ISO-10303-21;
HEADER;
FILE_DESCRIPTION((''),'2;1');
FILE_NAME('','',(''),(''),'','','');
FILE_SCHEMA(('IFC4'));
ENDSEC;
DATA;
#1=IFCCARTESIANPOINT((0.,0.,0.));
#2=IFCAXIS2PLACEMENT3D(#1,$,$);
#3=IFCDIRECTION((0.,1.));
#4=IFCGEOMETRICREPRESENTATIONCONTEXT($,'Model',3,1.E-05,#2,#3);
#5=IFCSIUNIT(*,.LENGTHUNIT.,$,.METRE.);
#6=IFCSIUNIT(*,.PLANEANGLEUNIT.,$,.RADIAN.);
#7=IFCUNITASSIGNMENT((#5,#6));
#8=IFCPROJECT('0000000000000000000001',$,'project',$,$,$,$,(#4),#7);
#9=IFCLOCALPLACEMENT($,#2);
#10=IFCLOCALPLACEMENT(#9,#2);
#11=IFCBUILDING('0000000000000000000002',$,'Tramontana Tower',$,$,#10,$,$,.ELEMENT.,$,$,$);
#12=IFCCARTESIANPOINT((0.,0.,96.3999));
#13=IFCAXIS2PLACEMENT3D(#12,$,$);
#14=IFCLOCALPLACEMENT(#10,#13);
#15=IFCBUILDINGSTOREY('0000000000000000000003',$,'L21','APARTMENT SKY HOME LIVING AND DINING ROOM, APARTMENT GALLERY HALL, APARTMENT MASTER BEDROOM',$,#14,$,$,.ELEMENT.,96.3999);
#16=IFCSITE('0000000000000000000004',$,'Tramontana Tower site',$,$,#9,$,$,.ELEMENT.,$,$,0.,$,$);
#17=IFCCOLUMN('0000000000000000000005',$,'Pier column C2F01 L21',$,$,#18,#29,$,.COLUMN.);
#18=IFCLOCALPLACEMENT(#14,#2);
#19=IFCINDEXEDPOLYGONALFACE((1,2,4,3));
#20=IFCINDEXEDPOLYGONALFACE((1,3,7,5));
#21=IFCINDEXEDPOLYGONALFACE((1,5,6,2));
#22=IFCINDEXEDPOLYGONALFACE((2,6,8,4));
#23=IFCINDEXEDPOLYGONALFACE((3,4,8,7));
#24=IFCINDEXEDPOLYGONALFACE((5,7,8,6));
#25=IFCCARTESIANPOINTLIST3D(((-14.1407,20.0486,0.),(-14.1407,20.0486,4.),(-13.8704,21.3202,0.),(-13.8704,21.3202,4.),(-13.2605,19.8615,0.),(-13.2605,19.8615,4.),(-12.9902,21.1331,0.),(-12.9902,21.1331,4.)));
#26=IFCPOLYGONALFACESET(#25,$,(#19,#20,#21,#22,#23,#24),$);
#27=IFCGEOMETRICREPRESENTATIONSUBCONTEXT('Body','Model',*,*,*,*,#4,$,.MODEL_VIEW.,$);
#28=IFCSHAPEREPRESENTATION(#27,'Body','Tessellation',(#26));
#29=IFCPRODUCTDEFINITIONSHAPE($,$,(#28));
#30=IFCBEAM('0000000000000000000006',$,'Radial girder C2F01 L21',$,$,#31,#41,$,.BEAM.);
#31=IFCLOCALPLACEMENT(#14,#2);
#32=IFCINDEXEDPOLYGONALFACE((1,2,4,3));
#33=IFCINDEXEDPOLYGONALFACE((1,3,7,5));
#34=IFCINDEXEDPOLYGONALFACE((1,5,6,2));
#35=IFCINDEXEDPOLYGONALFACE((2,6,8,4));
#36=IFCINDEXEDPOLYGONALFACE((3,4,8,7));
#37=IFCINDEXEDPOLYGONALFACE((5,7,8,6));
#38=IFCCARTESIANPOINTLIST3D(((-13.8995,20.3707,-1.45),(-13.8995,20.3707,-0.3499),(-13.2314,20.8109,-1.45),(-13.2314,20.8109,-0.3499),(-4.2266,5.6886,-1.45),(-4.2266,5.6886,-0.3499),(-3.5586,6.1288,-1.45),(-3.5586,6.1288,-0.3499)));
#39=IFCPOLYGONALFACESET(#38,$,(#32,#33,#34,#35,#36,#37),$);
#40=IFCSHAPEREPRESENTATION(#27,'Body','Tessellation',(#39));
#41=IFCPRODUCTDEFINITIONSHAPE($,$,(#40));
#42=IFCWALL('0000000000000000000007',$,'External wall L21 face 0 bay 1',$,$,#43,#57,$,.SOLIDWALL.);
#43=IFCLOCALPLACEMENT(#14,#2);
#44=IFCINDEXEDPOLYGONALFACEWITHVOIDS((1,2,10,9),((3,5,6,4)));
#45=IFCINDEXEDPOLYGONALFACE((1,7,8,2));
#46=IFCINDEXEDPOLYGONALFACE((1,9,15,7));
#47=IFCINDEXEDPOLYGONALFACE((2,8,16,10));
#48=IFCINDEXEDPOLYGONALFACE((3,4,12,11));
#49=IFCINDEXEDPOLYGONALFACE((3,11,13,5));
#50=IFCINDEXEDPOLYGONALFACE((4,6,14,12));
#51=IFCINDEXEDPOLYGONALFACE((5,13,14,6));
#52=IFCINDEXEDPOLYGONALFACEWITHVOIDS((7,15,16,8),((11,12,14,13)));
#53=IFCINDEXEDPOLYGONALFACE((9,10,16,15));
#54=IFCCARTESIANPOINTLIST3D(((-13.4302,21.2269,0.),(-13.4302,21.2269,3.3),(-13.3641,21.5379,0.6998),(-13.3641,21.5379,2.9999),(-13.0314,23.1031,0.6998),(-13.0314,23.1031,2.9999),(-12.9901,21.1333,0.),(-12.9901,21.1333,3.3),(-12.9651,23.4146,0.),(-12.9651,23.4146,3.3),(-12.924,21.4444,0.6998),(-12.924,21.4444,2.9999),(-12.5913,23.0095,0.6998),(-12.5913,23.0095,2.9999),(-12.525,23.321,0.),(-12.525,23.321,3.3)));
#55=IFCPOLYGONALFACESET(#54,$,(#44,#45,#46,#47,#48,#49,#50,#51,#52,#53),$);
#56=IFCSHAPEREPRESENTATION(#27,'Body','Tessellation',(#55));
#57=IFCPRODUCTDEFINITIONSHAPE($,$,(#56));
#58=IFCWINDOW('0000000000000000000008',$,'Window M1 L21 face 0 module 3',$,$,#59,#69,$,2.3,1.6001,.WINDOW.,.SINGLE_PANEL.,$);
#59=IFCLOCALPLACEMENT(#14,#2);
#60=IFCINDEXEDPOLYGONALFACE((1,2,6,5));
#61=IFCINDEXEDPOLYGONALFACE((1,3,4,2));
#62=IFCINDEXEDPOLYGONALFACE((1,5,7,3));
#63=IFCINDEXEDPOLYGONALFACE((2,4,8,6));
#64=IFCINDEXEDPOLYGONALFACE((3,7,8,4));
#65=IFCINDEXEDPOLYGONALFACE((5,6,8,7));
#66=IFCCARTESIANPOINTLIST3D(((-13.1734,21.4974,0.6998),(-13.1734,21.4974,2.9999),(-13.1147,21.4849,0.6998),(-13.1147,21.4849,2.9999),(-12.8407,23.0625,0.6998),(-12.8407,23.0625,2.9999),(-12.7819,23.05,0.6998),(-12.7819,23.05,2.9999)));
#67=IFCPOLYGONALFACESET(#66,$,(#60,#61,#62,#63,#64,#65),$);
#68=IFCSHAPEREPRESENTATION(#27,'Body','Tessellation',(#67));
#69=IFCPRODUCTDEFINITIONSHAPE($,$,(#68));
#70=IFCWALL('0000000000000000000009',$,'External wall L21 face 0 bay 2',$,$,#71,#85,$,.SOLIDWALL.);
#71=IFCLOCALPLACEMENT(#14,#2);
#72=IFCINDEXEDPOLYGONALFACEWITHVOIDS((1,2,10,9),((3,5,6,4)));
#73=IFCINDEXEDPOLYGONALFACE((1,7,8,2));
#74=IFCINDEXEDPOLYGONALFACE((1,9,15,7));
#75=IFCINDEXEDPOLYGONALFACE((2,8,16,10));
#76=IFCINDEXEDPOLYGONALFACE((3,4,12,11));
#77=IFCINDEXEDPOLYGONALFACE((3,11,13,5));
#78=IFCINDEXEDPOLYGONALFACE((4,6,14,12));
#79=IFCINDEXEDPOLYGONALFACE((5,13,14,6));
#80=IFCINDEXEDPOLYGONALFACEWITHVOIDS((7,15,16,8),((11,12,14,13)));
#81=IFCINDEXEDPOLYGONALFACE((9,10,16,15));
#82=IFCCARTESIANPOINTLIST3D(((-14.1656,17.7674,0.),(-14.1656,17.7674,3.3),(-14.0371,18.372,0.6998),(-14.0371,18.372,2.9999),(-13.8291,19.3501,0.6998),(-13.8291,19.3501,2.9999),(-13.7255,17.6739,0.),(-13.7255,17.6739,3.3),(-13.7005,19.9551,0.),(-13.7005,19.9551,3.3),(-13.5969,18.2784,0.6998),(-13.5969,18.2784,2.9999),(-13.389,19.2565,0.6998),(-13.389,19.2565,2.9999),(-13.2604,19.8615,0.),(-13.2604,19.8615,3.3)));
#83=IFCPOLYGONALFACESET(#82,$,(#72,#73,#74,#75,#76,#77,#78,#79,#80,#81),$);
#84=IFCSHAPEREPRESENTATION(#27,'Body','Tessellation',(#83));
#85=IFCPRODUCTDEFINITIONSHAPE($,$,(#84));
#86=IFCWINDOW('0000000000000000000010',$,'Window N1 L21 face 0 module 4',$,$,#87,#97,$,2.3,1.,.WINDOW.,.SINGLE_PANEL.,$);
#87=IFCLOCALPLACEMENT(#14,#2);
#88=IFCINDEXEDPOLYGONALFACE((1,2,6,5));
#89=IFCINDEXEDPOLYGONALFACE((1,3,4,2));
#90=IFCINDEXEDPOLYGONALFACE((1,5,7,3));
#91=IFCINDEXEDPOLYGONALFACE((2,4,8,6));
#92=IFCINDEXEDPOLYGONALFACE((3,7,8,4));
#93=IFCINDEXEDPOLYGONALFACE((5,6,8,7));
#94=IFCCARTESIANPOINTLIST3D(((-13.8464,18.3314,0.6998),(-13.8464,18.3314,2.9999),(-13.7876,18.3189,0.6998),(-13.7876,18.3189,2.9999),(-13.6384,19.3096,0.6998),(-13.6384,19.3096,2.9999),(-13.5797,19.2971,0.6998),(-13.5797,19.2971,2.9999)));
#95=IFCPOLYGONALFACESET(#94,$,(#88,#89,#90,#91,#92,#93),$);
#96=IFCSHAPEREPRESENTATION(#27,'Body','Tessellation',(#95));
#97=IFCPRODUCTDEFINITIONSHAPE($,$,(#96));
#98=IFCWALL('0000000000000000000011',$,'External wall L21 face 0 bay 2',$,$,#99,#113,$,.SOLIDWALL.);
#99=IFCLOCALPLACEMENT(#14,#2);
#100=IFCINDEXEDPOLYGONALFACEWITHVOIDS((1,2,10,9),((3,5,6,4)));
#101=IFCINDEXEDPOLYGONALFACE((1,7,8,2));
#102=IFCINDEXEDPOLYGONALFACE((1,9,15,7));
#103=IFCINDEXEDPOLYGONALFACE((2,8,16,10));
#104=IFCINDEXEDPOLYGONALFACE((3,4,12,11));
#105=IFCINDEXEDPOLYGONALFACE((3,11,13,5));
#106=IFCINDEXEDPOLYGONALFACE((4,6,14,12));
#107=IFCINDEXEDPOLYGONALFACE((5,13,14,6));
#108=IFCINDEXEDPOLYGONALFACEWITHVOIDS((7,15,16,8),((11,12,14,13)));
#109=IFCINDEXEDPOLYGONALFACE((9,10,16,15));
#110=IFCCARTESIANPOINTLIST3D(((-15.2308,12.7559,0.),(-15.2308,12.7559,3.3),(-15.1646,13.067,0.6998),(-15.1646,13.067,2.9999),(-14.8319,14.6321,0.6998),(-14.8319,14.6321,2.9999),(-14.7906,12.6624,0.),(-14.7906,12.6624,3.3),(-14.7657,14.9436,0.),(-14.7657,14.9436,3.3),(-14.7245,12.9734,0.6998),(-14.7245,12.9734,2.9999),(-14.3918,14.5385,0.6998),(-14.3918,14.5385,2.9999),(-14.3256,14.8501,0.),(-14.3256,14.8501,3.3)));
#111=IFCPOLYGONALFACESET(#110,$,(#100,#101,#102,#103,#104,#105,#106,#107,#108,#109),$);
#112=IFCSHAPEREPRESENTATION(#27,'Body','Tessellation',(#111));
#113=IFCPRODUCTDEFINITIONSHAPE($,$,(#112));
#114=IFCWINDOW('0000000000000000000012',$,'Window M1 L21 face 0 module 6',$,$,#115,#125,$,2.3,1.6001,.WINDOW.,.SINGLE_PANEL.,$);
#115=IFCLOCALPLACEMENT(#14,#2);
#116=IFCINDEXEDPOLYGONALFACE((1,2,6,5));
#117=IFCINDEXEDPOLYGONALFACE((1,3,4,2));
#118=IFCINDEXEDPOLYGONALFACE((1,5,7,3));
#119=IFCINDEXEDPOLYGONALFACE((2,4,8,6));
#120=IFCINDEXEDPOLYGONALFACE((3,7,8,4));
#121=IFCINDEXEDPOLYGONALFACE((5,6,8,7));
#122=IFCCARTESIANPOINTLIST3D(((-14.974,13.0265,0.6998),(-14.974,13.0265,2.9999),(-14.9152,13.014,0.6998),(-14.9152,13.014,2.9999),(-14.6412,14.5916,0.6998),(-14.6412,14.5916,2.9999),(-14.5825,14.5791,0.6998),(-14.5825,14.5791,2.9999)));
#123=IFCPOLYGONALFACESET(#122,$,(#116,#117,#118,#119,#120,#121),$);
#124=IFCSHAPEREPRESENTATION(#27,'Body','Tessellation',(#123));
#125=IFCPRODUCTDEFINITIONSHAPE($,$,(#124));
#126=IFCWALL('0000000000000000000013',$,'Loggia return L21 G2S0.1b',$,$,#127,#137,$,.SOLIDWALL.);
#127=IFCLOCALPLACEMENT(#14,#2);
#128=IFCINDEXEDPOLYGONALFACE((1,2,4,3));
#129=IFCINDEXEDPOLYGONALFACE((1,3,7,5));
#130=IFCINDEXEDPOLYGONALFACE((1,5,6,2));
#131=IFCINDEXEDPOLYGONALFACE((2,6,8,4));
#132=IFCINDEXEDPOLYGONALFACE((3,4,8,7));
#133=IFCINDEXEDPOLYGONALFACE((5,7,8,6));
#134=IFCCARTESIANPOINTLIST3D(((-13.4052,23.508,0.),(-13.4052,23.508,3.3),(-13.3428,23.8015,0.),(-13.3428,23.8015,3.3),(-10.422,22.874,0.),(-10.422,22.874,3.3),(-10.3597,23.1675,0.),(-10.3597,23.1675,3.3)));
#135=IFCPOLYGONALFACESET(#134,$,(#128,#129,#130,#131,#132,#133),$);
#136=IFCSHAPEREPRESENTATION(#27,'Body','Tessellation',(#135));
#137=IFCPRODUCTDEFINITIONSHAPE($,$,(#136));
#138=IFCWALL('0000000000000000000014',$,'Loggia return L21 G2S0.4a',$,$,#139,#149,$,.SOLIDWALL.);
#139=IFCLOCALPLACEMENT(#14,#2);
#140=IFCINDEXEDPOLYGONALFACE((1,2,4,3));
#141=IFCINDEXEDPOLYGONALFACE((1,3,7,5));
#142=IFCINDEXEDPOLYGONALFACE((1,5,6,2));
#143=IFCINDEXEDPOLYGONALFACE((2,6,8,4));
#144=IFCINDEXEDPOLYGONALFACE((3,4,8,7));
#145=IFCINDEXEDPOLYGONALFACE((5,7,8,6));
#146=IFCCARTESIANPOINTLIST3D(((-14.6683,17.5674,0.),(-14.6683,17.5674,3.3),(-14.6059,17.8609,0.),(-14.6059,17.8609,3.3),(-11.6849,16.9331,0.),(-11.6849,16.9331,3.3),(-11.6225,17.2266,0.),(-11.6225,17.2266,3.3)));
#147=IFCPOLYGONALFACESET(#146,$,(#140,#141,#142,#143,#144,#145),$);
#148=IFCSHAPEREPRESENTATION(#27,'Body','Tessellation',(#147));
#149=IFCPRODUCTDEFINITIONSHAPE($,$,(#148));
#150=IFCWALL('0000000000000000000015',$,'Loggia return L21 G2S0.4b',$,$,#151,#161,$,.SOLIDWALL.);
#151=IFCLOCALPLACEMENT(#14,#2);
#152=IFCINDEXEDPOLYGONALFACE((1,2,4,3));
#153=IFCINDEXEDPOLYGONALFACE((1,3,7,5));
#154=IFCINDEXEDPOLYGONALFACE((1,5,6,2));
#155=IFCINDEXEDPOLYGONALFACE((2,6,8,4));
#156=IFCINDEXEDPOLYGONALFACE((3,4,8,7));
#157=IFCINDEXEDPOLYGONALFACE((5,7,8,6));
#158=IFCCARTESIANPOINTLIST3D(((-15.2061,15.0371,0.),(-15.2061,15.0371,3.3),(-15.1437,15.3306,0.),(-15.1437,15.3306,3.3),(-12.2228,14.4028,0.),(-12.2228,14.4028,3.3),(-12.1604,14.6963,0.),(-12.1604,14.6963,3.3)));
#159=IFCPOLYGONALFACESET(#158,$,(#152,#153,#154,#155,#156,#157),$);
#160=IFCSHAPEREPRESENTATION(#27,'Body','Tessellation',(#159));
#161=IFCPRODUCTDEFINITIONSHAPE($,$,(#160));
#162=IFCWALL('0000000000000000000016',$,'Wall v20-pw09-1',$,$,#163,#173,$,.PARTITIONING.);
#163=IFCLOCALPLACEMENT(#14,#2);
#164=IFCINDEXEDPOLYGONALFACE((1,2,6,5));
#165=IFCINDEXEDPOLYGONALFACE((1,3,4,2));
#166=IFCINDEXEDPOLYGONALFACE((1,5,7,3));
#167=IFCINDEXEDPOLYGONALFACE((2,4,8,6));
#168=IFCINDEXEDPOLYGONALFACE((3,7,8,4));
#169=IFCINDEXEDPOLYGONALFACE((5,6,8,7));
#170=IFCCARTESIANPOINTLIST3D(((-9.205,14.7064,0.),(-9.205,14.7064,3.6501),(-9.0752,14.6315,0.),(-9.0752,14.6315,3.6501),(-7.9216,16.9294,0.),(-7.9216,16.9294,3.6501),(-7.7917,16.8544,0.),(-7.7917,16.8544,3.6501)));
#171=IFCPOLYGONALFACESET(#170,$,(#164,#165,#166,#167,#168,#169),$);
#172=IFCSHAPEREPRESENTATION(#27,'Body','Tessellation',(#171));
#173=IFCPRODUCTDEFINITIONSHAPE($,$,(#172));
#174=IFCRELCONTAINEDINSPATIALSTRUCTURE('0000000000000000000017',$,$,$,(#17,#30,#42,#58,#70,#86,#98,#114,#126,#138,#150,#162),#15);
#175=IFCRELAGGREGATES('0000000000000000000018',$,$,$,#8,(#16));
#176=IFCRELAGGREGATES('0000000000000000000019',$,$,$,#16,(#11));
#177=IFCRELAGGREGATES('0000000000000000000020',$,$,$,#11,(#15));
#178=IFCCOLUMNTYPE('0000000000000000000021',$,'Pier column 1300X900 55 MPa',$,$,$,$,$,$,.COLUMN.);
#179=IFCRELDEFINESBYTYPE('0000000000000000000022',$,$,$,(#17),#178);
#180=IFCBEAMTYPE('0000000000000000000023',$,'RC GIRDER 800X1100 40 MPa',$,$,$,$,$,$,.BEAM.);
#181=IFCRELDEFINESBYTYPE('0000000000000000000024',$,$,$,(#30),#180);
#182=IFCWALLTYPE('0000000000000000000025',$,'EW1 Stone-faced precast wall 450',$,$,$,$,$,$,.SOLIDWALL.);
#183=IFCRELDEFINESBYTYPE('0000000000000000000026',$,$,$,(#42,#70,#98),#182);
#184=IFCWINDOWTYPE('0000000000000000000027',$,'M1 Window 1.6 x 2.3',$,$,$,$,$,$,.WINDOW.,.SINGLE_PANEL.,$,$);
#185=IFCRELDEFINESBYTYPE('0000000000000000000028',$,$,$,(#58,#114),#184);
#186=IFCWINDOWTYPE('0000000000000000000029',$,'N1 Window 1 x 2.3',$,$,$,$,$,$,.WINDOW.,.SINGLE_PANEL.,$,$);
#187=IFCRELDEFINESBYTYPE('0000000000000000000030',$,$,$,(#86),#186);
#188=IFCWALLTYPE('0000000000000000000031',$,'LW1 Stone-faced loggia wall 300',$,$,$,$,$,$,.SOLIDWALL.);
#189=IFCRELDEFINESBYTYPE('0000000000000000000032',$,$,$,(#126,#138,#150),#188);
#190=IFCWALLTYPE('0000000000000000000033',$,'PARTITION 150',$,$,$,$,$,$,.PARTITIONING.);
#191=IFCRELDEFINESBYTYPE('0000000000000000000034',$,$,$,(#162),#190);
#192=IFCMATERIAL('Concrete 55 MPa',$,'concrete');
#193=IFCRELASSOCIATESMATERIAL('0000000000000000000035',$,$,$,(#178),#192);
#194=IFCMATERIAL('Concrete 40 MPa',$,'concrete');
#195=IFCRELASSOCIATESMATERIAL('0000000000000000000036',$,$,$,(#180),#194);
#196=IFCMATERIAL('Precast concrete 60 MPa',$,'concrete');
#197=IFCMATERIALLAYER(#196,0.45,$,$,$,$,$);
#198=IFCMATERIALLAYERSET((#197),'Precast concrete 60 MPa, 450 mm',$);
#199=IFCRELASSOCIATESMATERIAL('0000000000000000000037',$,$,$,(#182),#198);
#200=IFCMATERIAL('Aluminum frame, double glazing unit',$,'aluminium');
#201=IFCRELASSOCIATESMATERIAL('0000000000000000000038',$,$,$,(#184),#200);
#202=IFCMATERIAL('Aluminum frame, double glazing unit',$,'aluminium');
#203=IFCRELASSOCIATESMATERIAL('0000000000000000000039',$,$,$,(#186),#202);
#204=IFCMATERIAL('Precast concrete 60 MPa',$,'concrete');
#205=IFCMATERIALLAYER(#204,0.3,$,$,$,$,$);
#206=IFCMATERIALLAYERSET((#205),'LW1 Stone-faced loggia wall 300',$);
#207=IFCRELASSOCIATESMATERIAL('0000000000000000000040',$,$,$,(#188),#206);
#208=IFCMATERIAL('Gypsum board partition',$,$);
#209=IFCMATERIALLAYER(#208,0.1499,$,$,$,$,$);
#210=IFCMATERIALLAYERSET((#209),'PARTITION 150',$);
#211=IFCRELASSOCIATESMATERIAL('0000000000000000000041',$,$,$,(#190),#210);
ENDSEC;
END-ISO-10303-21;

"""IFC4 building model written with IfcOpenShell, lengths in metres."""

from ifc_helpers import new_model, si_unit, direction, frame, frame_2d, origin, origin_2d, place, context, subcontext, project, spatial, rectangle, extrude, material, layer, layer_set, material_profile, profile_set, type_object, element, fill, save


model = new_model("IFC4")

# Units and contexts
model_context = context("Model", 3, precision=1e-05, world=origin(), true_north=direction((0.0, 1.0)))
body_context = subcontext(model_context, "Body", "Model", "MODEL_VIEW")
ifc_project = project(units=[si_unit("LENGTHUNIT", "METRE"), si_unit("PLANEANGLEUNIT", "RADIAN")], contexts=[model_context])

# Site, building, storey
site_placement = place(None, origin())
site = spatial("IfcSite", under=ifc_project, at=site_placement, Name="Tramontana Tower site", CompositionType="ELEMENT", RefElevation=0.0)
building_placement = place(site_placement, origin())
building = spatial("IfcBuilding", under=site, at=building_placement, Name="Tramontana Tower", CompositionType="ELEMENT")
storey_placement = place(building_placement, frame((0.0, 0.0, 96.3999)))
storey = spatial("IfcBuildingStorey", under=building, at=storey_placement, Name="L21", Description="APARTMENT SKY HOME LIVING AND DINING ROOM, APARTMENT GALLERY HALL, APARTMENT MASTER BEDROOM", CompositionType="ELEMENT", Elevation=96.3999)

# Column
ifc_material_1 = material(Name="Concrete 55 MPa", Category="concrete")
ifc_material_profile_1 = material_profile(ifc_material_1, rectangle(XDim=1.3, YDim=0.8999, at=origin_2d()), Name="Pier column 1300X900 55 MPa")
ifc_profile_set_1 = profile_set([ifc_material_profile_1], Name="Concrete 55 MPa")
column_type = type_object("IfcColumnType", Name="Pier column 1300X900 55 MPa", PredefinedType="COLUMN", material=ifc_profile_set_1)
column_placement = place(storey_placement, frame((-13.5654, 20.5908, 0.0), z_axis=(0.0, 0.0, 1.0), x_axis=(-0.207912, -0.978148, 0.0)))
element("IfcColumn", 1, at=column_placement, inside=storey, type_object=column_type, Name="Pier column C2F01 L21", PredefinedType="COLUMN", context=body_context, shape_type="SweptSolid", body=[
    extrude(rectangle(XDim=1.3, YDim=0.8999, at=origin_2d()), origin(), (0.0, 0.0, 1.0), 4.0),
])

# Beam
ifc_material_2 = material(Name="Concrete 40 MPa", Category="concrete")
ifc_material_profile_2 = material_profile(ifc_material_2, rectangle(XDim=0.8, YDim=1.1001, at=origin_2d()), Name="RC GIRDER 800X1100 40 MPa")
ifc_profile_set_2 = profile_set([ifc_material_profile_2], Name="Concrete 40 MPa")
beam_type = type_object("IfcBeamType", Name="RC GIRDER 800X1100 40 MPa", PredefinedType="BEAM", material=ifc_profile_set_2)
beam_placement = place(storey_placement, frame((-13.5654, 20.5908, -0.8999), z_axis=(0.550155, -0.835063, 0.0), x_axis=(0.835063, 0.550155, 0.0)))
element("IfcBeam", 2, at=beam_placement, inside=storey, type_object=beam_type, Name="Radial girder C2F01 L21", PredefinedType="BEAM", context=body_context, shape_type="SweptSolid", body=[
    extrude(rectangle(XDim=0.8, YDim=1.1001, at=origin_2d()), origin(), (0.0, 0.0, 1.0), 17.582),
])

# Walls, openings, windows
ifc_material_3 = material(Name="Precast concrete 60 MPa", Category="concrete")
ifc_layer_1 = layer(ifc_material_3, 0.45)
ifc_layer_set_1 = layer_set([ifc_layer_1], Name="Precast concrete 60 MPa, 450 mm")
wall_type_1 = type_object("IfcWallType", Name="EW1 Stone-faced precast wall 450", PredefinedType="SOLIDWALL", material=ifc_layer_set_1)
wall_1_placement = place(storey_placement, frame((-12.7451, 23.3677, 0.0), z_axis=(0.0, 0.0, 1.0), x_axis=(-0.207941, -0.978141, 0.0)))
wall_1 = element("IfcWall", 3, at=wall_1_placement, inside=storey, type_object=wall_type_1, Name="External wall L21 face 0 bay 1", PredefinedType="SOLIDWALL", context=body_context, shape_type="SweptSolid", body=[
    extrude(rectangle(XDim=2.2366, YDim=0.45, at=frame_2d((1.1182, 0.0))), origin(), (0.0, 0.0, 1.0), 3.3),
])
opening_1_placement = place(wall_1_placement, frame((0.3184, 0.0, 0.7)))
opening_1 = element("IfcOpeningElement", 4, at=opening_1_placement, cuts=wall_1, PredefinedType="OPENING", context=body_context, shape_type="SweptSolid", body=[
    extrude(rectangle(XDim=1.6001, YDim=2.3, at=frame_2d((0.8, 1.1499))), frame((0.0, 0.2349, 0.0), z_axis=(0.0, -1.0, 0.0), x_axis=(1.0, 0.0, 0.0)), (0.0, 0.0, 1.0), 0.47),
])
ifc_material_4 = material(Name="Aluminum frame, double glazing unit", Category="aluminium")
window_type_1 = type_object("IfcWindowType", Name="M1 Window 1.6 x 2.3", PartitioningType="SINGLE_PANEL", PredefinedType="WINDOW", material=ifc_material_4)
window_1_placement = place(opening_1_placement, origin())
window_1 = element("IfcWindow", 5, at=window_1_placement, inside=storey, type_object=window_type_1, Name="Window M1 L21 face 0 module 3", OverallHeight=2.3, OverallWidth=1.6001, PartitioningType="SINGLE_PANEL", PredefinedType="WINDOW", context=body_context, shape_type="SweptSolid", body=[
    extrude(rectangle(XDim=1.6001, YDim=2.3, at=frame_2d((0.8, 1.1499))), frame((0.0, 0.03, 0.0), z_axis=(0.0, -1.0, 0.0), x_axis=(1.0, 0.0, 0.0)), (0.0, 0.0, 1.0), 0.0601),
])
fill(opening_1, window_1)
wall_2_placement = place(storey_placement, frame((-13.4805, 19.9082, 0.0), z_axis=(0.0, 0.0, 1.0), x_axis=(-0.207941, -0.978141, 0.0)))
wall_2 = element("IfcWall", 6, at=wall_2_placement, inside=storey, type_object=wall_type_1, Name="External wall L21 face 0 bay 2", PredefinedType="SOLIDWALL", context=body_context, shape_type="SweptSolid", body=[
    extrude(rectangle(XDim=2.2366, YDim=0.45, at=frame_2d((1.1182, 0.0))), origin(), (0.0, 0.0, 1.0), 3.3),
])
opening_2_placement = place(wall_2_placement, frame((0.6184, 0.0, 0.7)))
opening_2 = element("IfcOpeningElement", 7, at=opening_2_placement, cuts=wall_2, PredefinedType="OPENING", context=body_context, shape_type="SweptSolid", body=[
    extrude(rectangle(XDim=1.0, YDim=2.3, at=frame_2d((0.5, 1.1499))), frame((0.0, 0.2349, 0.0), z_axis=(0.0, -1.0, 0.0), x_axis=(1.0, 0.0, 0.0)), (0.0, 0.0, 1.0), 0.47),
])
ifc_material_5 = material(Name="Aluminum frame, double glazing unit", Category="aluminium")
window_type_2 = type_object("IfcWindowType", Name="N1 Window 1 x 2.3", PartitioningType="SINGLE_PANEL", PredefinedType="WINDOW", material=ifc_material_5)
window_2_placement = place(opening_2_placement, origin())
window_2 = element("IfcWindow", 8, at=window_2_placement, inside=storey, type_object=window_type_2, Name="Window N1 L21 face 0 module 4", OverallHeight=2.3, OverallWidth=1.0, PartitioningType="SINGLE_PANEL", PredefinedType="WINDOW", context=body_context, shape_type="SweptSolid", body=[
    extrude(rectangle(XDim=1.0, YDim=2.3, at=frame_2d((0.5, 1.1499))), frame((0.0, 0.03, 0.0), z_axis=(0.0, -1.0, 0.0), x_axis=(1.0, 0.0, 0.0)), (0.0, 0.0, 1.0), 0.0601),
])
fill(opening_2, window_2)
wall_3_placement = place(storey_placement, frame((-14.5457, 14.8967, 0.0), z_axis=(0.0, 0.0, 1.0), x_axis=(-0.207941, -0.978141, 0.0)))
wall_3 = element("IfcWall", 9, at=wall_3_placement, inside=storey, type_object=wall_type_1, Name="External wall L21 face 0 bay 2", PredefinedType="SOLIDWALL", context=body_context, shape_type="SweptSolid", body=[
    extrude(rectangle(XDim=2.2366, YDim=0.45, at=frame_2d((1.1182, 0.0))), origin(), (0.0, 0.0, 1.0), 3.3),
])
opening_3_placement = place(wall_3_placement, frame((0.3184, 0.0, 0.7)))
opening_3 = element("IfcOpeningElement", 10, at=opening_3_placement, cuts=wall_3, PredefinedType="OPENING", context=body_context, shape_type="SweptSolid", body=[
    extrude(rectangle(XDim=1.6001, YDim=2.3, at=frame_2d((0.8, 1.1499))), frame((0.0, 0.2349, 0.0), z_axis=(0.0, -1.0, 0.0), x_axis=(1.0, 0.0, 0.0)), (0.0, 0.0, 1.0), 0.47),
])
window_3_placement = place(opening_3_placement, origin())
window_3 = element("IfcWindow", 11, at=window_3_placement, inside=storey, type_object=window_type_1, Name="Window M1 L21 face 0 module 6", OverallHeight=2.3, OverallWidth=1.6001, PartitioningType="SINGLE_PANEL", PredefinedType="WINDOW", context=body_context, shape_type="SweptSolid", body=[
    extrude(rectangle(XDim=1.6001, YDim=2.3, at=frame_2d((0.8, 1.1499))), frame((0.0, 0.03, 0.0), z_axis=(0.0, -1.0, 0.0), x_axis=(1.0, 0.0, 0.0)), (0.0, 0.0, 1.0), 0.0601),
])
fill(opening_3, window_3)

# Wall
ifc_material_6 = material(Name="Precast concrete 60 MPa", Category="concrete")
ifc_layer_2 = layer(ifc_material_6, 0.3)
ifc_layer_set_2 = layer_set([ifc_layer_2], Name="LW1 Stone-faced loggia wall 300")
wall_type_2 = type_object("IfcWallType", Name="LW1 Stone-faced loggia wall 300", PredefinedType="SOLIDWALL", material=ifc_layer_set_2)
wall_4_placement = place(storey_placement, frame((-13.374, 23.6548, 0.0), z_axis=(0.0, 0.0, 1.0), x_axis=(0.978151, -0.207894, 0.0)))
element("IfcWall", 12, at=wall_4_placement, inside=storey, type_object=wall_type_2, Name="Loggia return L21 G2S0.1b", PredefinedType="SOLIDWALL", context=body_context, shape_type="SweptSolid", body=[
    extrude(rectangle(XDim=3.0498, YDim=0.3, at=frame_2d((1.5249, 0.0))), origin(), (0.0, 0.0, 1.0), 3.3),
])

# Walls
for number, where, z_axis, x_axis, name in (
    (13, (-14.637, 17.7141, 0.0), (0.0, 0.0, 1.0), (0.978139, -0.207954, 0.0), "Loggia return L21 G2S0.4a"),
    (14, (-15.1748, 15.1838, 0.0), (0.0, 0.0, 1.0), (0.978139, -0.207954, 0.0), "Loggia return L21 G2S0.4b"),
):
    element("IfcWall", number, at=place(storey_placement, frame(where, z_axis=z_axis, x_axis=x_axis)), inside=storey, type_object=wall_type_2, Name=name, PredefinedType="SOLIDWALL", context=body_context, shape_type="SweptSolid", body=[
        extrude(rectangle(XDim=3.05, YDim=0.3, at=frame_2d((1.5249, 0.0))), origin(), (0.0, 0.0, 1.0), 3.3),
    ])
ifc_material_7 = material(Name="Gypsum board partition")
ifc_layer_3 = layer(ifc_material_7, 0.1499)
ifc_layer_set_3 = layer_set([ifc_layer_3], Name="PARTITION 150")
wall_type_3 = type_object("IfcWallType", Name="PARTITION 150", PredefinedType="PARTITIONING", material=ifc_layer_set_3)
wall_5_placement = place(storey_placement, frame((-9.1401, 14.6689, 0.0), z_axis=(0.0, 0.0, 1.0), x_axis=(0.500016, 0.866016, 0.0)))
element("IfcWall", 15, at=wall_5_placement, inside=storey, type_object=wall_type_3, Name="Wall v20-pw09-1", PredefinedType="PARTITIONING", context=body_context, shape_type="SweptSolid", body=[
    extrude(rectangle(XDim=2.5669, YDim=0.1499, at=frame_2d((1.2834, 0.0))), origin(), (0.0, 0.0, 1.0), 3.6501),
])

save(model, "model.ifc")
